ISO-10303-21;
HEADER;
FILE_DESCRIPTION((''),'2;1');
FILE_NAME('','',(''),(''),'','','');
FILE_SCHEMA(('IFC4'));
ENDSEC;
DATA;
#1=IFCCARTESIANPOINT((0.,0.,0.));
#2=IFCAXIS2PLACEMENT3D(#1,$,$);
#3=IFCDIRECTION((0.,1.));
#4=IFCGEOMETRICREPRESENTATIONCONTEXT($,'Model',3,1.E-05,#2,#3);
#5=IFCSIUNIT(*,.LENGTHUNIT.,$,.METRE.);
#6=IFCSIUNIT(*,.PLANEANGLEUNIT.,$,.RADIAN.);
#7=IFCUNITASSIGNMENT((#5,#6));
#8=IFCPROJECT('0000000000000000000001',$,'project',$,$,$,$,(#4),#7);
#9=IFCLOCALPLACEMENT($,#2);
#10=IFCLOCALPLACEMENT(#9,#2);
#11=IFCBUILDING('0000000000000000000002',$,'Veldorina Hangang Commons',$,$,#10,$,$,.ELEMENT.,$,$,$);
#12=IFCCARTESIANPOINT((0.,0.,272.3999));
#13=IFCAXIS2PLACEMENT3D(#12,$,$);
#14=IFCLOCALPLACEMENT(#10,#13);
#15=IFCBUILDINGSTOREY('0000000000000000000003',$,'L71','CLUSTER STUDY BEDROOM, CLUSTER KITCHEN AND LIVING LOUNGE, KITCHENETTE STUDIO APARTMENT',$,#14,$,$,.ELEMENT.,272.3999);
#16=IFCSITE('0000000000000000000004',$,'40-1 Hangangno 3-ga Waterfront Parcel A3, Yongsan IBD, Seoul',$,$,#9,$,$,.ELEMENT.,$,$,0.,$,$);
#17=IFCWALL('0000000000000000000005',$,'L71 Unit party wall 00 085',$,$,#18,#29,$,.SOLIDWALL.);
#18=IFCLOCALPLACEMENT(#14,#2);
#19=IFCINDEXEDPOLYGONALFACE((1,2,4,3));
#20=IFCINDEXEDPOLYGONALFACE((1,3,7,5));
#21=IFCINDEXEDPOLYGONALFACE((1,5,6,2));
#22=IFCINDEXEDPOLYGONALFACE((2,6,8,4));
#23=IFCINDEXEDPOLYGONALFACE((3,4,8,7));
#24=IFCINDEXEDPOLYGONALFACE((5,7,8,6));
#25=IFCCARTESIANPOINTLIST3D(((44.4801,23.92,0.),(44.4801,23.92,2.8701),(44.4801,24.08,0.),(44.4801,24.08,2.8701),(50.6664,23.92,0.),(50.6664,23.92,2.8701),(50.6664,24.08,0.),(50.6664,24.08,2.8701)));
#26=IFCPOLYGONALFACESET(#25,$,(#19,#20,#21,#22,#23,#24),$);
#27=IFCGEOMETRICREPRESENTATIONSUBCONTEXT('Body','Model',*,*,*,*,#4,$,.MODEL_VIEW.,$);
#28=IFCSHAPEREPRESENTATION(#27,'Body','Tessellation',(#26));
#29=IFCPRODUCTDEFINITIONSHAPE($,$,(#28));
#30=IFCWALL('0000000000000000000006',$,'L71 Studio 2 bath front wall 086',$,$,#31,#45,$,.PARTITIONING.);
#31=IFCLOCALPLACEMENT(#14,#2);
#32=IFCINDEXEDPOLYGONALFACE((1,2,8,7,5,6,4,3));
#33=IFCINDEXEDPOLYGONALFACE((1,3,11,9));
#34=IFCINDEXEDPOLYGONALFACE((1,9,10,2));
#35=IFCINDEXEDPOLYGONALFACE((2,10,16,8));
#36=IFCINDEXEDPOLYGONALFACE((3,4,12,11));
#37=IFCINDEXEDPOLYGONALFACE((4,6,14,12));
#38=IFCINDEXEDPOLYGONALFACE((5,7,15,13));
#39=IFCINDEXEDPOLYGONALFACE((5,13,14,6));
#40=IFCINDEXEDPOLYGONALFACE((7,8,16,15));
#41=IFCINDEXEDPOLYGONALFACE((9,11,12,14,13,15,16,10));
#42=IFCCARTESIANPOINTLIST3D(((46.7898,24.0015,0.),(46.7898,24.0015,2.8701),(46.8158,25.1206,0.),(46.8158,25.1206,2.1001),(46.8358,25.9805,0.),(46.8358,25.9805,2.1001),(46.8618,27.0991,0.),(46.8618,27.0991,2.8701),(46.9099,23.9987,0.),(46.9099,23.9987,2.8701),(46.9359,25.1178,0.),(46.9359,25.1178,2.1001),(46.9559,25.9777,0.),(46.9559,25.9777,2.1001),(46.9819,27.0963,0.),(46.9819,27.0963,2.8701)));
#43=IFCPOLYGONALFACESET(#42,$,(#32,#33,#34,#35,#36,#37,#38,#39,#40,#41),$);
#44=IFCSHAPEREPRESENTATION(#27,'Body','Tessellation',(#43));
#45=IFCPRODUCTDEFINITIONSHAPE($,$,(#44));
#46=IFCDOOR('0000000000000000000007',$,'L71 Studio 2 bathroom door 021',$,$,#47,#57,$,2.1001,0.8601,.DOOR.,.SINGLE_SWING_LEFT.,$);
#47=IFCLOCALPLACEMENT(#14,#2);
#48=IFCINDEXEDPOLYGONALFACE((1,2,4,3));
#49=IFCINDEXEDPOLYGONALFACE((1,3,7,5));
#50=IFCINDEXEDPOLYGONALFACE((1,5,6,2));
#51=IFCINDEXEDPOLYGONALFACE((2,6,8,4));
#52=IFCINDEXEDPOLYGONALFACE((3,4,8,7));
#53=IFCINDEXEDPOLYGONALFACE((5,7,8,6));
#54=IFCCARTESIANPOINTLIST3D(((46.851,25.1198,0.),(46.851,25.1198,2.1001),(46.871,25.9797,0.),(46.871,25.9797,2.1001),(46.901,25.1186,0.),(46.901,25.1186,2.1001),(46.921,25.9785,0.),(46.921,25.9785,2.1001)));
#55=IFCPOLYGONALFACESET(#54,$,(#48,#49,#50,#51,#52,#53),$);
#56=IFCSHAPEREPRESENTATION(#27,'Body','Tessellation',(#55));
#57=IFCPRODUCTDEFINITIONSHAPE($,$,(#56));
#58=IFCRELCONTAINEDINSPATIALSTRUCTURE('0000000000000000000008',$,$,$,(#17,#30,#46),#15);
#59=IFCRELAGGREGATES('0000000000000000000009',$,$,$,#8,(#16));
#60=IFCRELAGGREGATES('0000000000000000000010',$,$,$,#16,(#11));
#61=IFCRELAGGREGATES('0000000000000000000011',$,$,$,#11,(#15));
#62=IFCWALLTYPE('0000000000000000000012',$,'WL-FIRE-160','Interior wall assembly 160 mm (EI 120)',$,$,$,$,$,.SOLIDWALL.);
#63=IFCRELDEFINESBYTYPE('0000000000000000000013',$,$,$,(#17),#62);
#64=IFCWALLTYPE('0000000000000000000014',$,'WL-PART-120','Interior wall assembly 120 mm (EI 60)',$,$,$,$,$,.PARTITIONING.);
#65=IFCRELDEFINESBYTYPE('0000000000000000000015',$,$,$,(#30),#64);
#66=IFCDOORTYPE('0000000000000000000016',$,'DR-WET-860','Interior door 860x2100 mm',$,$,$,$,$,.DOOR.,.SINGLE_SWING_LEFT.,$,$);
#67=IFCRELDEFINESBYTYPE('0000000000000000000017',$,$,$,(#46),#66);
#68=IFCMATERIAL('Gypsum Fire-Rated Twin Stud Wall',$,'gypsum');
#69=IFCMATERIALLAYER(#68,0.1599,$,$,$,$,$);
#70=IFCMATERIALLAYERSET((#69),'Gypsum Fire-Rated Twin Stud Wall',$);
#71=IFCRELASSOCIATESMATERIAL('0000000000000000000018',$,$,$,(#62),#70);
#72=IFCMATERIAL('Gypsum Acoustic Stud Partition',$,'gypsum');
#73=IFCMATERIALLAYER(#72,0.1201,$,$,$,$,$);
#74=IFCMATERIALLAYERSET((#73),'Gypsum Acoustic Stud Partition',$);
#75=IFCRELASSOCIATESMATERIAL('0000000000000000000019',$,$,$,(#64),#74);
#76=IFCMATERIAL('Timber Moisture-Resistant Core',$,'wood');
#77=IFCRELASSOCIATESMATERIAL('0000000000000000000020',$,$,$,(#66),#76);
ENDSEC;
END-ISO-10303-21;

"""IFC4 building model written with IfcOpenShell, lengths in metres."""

from ifc_helpers import new_model, si_unit, direction, frame, frame_2d, origin, place, context, subcontext, project, spatial, rectangle, extrude, material, layer, layer_set, type_object, element, fill, save


model = new_model("IFC4")

# Units and contexts
model_context = context("Model", 3, precision=1e-05, world=origin(), true_north=direction((0.0, 1.0)))
body_context = subcontext(model_context, "Body", "Model", "MODEL_VIEW")
ifc_project = project(units=[si_unit("LENGTHUNIT", "METRE"), si_unit("PLANEANGLEUNIT", "RADIAN")], contexts=[model_context])

# Site, building, storey
site_placement = place(None, origin())
site = spatial("IfcSite", under=ifc_project, at=site_placement, Name="40-1 Hangangno 3-ga Waterfront Parcel A3, Yongsan IBD, Seoul", CompositionType="ELEMENT", RefElevation=0.0)
building_placement = place(site_placement, origin())
building = spatial("IfcBuilding", under=site, at=building_placement, Name="Veldorina Hangang Commons", CompositionType="ELEMENT")
storey_placement = place(building_placement, frame((0.0, 0.0, 272.3999)))
storey = spatial("IfcBuildingStorey", under=building, at=storey_placement, Name="L71", Description="CLUSTER STUDY BEDROOM, CLUSTER KITCHEN AND LIVING LOUNGE, KITCHENETTE STUDIO APARTMENT", CompositionType="ELEMENT", Elevation=272.3999)

# Shared definitions
ifc_material_1 = material(Name="Gypsum Fire-Rated Twin Stud Wall", Category="gypsum")
ifc_layer_1 = layer(ifc_material_1, 0.1599)
ifc_layer_set_1 = layer_set([ifc_layer_1], Name="Gypsum Fire-Rated Twin Stud Wall")
wall_type_1 = type_object("IfcWallType", Name="WL-FIRE-160", Description="Interior wall assembly 160 mm (EI 120)", PredefinedType="SOLIDWALL", material=ifc_layer_set_1)

# Wall
wall_1_placement = place(storey_placement, frame((44.48, 24.0, 0.0), z_axis=(0.0, 0.0, 1.0), x_axis=(1.0, 0.0, 0.0)))
element("IfcWall", 1, at=wall_1_placement, inside=storey, type_object=wall_type_1, Name="L71 Unit party wall 00 085", PredefinedType="SOLIDWALL", context=body_context, shape_type="SweptSolid", body=[
    extrude(rectangle(XDim=6.1863, YDim=0.1599, at=frame_2d((3.0933, 0.0))), origin(), (0.0, 0.0, 1.0), 2.8701),
])

# Wall, opening, door
ifc_material_2 = material(Name="Gypsum Acoustic Stud Partition", Category="gypsum")
ifc_layer_2 = layer(ifc_material_2, 0.1201)
ifc_layer_set_2 = layer_set([ifc_layer_2], Name="Gypsum Acoustic Stud Partition")
wall_type_2 = type_object("IfcWallType", Name="WL-PART-120", Description="Interior wall assembly 120 mm (EI 60)", PredefinedType="PARTITIONING", material=ifc_layer_set_2)
wall_2_placement = place(storey_placement, frame((46.8499, 24.0, 0.0), z_axis=(0.0, 0.0, 1.0), x_axis=(0.023244, 0.99973, 0.0)))
wall_2 = element("IfcWall", 2, at=wall_2_placement, inside=storey, type_object=wall_type_2, Name="L71 Studio 2 bath front wall 086", PredefinedType="PARTITIONING", context=body_context, shape_type="SweptSolid", body=[
    extrude(rectangle(XDim=3.0984, YDim=0.1201, at=frame_2d((1.5493, 0.0))), origin(), (0.0, 0.0, 1.0), 2.8701),
])
opening_1_placement = place(wall_2_placement, frame((1.1194, 0.0, 0.0)))
opening_1 = element("IfcOpeningElement", 3, at=opening_1_placement, cuts=wall_2, PredefinedType="OPENING", context=body_context, shape_type="SweptSolid", body=[
    extrude(rectangle(XDim=0.8601, YDim=2.1001, at=frame_2d((0.4302, 1.05))), frame((0.0, 0.0701, 0.0), z_axis=(0.0, -1.0, 0.0), x_axis=(1.0, 0.0, 0.0)), (0.0, 0.0, 1.0), 0.1401),
])
ifc_material_3 = material(Name="Timber Moisture-Resistant Core", Category="wood")
door_type_1 = type_object("IfcDoorType", Name="DR-WET-860", Description="Interior door 860x2100 mm", OperationType="SINGLE_SWING_LEFT", PredefinedType="DOOR", material=ifc_material_3)
door_1_placement = place(opening_1_placement, origin())
door_1 = element("IfcDoor", 4, at=door_1_placement, inside=storey, type_object=door_type_1, Name="L71 Studio 2 bathroom door 021", OperationType="SINGLE_SWING_LEFT", OverallHeight=2.1001, OverallWidth=0.8601, PredefinedType="DOOR", context=body_context, shape_type="SweptSolid", body=[
    extrude(rectangle(XDim=0.8601, YDim=2.1001, at=frame_2d((0.4302, 1.05))), frame((0.0, 0.0249, 0.0), z_axis=(0.0, -1.0, 0.0), x_axis=(1.0, 0.0, 0.0)), (0.0, 0.0, 1.0), 0.05),
])
fill(opening_1, door_1)

save(model, "model.ifc")
